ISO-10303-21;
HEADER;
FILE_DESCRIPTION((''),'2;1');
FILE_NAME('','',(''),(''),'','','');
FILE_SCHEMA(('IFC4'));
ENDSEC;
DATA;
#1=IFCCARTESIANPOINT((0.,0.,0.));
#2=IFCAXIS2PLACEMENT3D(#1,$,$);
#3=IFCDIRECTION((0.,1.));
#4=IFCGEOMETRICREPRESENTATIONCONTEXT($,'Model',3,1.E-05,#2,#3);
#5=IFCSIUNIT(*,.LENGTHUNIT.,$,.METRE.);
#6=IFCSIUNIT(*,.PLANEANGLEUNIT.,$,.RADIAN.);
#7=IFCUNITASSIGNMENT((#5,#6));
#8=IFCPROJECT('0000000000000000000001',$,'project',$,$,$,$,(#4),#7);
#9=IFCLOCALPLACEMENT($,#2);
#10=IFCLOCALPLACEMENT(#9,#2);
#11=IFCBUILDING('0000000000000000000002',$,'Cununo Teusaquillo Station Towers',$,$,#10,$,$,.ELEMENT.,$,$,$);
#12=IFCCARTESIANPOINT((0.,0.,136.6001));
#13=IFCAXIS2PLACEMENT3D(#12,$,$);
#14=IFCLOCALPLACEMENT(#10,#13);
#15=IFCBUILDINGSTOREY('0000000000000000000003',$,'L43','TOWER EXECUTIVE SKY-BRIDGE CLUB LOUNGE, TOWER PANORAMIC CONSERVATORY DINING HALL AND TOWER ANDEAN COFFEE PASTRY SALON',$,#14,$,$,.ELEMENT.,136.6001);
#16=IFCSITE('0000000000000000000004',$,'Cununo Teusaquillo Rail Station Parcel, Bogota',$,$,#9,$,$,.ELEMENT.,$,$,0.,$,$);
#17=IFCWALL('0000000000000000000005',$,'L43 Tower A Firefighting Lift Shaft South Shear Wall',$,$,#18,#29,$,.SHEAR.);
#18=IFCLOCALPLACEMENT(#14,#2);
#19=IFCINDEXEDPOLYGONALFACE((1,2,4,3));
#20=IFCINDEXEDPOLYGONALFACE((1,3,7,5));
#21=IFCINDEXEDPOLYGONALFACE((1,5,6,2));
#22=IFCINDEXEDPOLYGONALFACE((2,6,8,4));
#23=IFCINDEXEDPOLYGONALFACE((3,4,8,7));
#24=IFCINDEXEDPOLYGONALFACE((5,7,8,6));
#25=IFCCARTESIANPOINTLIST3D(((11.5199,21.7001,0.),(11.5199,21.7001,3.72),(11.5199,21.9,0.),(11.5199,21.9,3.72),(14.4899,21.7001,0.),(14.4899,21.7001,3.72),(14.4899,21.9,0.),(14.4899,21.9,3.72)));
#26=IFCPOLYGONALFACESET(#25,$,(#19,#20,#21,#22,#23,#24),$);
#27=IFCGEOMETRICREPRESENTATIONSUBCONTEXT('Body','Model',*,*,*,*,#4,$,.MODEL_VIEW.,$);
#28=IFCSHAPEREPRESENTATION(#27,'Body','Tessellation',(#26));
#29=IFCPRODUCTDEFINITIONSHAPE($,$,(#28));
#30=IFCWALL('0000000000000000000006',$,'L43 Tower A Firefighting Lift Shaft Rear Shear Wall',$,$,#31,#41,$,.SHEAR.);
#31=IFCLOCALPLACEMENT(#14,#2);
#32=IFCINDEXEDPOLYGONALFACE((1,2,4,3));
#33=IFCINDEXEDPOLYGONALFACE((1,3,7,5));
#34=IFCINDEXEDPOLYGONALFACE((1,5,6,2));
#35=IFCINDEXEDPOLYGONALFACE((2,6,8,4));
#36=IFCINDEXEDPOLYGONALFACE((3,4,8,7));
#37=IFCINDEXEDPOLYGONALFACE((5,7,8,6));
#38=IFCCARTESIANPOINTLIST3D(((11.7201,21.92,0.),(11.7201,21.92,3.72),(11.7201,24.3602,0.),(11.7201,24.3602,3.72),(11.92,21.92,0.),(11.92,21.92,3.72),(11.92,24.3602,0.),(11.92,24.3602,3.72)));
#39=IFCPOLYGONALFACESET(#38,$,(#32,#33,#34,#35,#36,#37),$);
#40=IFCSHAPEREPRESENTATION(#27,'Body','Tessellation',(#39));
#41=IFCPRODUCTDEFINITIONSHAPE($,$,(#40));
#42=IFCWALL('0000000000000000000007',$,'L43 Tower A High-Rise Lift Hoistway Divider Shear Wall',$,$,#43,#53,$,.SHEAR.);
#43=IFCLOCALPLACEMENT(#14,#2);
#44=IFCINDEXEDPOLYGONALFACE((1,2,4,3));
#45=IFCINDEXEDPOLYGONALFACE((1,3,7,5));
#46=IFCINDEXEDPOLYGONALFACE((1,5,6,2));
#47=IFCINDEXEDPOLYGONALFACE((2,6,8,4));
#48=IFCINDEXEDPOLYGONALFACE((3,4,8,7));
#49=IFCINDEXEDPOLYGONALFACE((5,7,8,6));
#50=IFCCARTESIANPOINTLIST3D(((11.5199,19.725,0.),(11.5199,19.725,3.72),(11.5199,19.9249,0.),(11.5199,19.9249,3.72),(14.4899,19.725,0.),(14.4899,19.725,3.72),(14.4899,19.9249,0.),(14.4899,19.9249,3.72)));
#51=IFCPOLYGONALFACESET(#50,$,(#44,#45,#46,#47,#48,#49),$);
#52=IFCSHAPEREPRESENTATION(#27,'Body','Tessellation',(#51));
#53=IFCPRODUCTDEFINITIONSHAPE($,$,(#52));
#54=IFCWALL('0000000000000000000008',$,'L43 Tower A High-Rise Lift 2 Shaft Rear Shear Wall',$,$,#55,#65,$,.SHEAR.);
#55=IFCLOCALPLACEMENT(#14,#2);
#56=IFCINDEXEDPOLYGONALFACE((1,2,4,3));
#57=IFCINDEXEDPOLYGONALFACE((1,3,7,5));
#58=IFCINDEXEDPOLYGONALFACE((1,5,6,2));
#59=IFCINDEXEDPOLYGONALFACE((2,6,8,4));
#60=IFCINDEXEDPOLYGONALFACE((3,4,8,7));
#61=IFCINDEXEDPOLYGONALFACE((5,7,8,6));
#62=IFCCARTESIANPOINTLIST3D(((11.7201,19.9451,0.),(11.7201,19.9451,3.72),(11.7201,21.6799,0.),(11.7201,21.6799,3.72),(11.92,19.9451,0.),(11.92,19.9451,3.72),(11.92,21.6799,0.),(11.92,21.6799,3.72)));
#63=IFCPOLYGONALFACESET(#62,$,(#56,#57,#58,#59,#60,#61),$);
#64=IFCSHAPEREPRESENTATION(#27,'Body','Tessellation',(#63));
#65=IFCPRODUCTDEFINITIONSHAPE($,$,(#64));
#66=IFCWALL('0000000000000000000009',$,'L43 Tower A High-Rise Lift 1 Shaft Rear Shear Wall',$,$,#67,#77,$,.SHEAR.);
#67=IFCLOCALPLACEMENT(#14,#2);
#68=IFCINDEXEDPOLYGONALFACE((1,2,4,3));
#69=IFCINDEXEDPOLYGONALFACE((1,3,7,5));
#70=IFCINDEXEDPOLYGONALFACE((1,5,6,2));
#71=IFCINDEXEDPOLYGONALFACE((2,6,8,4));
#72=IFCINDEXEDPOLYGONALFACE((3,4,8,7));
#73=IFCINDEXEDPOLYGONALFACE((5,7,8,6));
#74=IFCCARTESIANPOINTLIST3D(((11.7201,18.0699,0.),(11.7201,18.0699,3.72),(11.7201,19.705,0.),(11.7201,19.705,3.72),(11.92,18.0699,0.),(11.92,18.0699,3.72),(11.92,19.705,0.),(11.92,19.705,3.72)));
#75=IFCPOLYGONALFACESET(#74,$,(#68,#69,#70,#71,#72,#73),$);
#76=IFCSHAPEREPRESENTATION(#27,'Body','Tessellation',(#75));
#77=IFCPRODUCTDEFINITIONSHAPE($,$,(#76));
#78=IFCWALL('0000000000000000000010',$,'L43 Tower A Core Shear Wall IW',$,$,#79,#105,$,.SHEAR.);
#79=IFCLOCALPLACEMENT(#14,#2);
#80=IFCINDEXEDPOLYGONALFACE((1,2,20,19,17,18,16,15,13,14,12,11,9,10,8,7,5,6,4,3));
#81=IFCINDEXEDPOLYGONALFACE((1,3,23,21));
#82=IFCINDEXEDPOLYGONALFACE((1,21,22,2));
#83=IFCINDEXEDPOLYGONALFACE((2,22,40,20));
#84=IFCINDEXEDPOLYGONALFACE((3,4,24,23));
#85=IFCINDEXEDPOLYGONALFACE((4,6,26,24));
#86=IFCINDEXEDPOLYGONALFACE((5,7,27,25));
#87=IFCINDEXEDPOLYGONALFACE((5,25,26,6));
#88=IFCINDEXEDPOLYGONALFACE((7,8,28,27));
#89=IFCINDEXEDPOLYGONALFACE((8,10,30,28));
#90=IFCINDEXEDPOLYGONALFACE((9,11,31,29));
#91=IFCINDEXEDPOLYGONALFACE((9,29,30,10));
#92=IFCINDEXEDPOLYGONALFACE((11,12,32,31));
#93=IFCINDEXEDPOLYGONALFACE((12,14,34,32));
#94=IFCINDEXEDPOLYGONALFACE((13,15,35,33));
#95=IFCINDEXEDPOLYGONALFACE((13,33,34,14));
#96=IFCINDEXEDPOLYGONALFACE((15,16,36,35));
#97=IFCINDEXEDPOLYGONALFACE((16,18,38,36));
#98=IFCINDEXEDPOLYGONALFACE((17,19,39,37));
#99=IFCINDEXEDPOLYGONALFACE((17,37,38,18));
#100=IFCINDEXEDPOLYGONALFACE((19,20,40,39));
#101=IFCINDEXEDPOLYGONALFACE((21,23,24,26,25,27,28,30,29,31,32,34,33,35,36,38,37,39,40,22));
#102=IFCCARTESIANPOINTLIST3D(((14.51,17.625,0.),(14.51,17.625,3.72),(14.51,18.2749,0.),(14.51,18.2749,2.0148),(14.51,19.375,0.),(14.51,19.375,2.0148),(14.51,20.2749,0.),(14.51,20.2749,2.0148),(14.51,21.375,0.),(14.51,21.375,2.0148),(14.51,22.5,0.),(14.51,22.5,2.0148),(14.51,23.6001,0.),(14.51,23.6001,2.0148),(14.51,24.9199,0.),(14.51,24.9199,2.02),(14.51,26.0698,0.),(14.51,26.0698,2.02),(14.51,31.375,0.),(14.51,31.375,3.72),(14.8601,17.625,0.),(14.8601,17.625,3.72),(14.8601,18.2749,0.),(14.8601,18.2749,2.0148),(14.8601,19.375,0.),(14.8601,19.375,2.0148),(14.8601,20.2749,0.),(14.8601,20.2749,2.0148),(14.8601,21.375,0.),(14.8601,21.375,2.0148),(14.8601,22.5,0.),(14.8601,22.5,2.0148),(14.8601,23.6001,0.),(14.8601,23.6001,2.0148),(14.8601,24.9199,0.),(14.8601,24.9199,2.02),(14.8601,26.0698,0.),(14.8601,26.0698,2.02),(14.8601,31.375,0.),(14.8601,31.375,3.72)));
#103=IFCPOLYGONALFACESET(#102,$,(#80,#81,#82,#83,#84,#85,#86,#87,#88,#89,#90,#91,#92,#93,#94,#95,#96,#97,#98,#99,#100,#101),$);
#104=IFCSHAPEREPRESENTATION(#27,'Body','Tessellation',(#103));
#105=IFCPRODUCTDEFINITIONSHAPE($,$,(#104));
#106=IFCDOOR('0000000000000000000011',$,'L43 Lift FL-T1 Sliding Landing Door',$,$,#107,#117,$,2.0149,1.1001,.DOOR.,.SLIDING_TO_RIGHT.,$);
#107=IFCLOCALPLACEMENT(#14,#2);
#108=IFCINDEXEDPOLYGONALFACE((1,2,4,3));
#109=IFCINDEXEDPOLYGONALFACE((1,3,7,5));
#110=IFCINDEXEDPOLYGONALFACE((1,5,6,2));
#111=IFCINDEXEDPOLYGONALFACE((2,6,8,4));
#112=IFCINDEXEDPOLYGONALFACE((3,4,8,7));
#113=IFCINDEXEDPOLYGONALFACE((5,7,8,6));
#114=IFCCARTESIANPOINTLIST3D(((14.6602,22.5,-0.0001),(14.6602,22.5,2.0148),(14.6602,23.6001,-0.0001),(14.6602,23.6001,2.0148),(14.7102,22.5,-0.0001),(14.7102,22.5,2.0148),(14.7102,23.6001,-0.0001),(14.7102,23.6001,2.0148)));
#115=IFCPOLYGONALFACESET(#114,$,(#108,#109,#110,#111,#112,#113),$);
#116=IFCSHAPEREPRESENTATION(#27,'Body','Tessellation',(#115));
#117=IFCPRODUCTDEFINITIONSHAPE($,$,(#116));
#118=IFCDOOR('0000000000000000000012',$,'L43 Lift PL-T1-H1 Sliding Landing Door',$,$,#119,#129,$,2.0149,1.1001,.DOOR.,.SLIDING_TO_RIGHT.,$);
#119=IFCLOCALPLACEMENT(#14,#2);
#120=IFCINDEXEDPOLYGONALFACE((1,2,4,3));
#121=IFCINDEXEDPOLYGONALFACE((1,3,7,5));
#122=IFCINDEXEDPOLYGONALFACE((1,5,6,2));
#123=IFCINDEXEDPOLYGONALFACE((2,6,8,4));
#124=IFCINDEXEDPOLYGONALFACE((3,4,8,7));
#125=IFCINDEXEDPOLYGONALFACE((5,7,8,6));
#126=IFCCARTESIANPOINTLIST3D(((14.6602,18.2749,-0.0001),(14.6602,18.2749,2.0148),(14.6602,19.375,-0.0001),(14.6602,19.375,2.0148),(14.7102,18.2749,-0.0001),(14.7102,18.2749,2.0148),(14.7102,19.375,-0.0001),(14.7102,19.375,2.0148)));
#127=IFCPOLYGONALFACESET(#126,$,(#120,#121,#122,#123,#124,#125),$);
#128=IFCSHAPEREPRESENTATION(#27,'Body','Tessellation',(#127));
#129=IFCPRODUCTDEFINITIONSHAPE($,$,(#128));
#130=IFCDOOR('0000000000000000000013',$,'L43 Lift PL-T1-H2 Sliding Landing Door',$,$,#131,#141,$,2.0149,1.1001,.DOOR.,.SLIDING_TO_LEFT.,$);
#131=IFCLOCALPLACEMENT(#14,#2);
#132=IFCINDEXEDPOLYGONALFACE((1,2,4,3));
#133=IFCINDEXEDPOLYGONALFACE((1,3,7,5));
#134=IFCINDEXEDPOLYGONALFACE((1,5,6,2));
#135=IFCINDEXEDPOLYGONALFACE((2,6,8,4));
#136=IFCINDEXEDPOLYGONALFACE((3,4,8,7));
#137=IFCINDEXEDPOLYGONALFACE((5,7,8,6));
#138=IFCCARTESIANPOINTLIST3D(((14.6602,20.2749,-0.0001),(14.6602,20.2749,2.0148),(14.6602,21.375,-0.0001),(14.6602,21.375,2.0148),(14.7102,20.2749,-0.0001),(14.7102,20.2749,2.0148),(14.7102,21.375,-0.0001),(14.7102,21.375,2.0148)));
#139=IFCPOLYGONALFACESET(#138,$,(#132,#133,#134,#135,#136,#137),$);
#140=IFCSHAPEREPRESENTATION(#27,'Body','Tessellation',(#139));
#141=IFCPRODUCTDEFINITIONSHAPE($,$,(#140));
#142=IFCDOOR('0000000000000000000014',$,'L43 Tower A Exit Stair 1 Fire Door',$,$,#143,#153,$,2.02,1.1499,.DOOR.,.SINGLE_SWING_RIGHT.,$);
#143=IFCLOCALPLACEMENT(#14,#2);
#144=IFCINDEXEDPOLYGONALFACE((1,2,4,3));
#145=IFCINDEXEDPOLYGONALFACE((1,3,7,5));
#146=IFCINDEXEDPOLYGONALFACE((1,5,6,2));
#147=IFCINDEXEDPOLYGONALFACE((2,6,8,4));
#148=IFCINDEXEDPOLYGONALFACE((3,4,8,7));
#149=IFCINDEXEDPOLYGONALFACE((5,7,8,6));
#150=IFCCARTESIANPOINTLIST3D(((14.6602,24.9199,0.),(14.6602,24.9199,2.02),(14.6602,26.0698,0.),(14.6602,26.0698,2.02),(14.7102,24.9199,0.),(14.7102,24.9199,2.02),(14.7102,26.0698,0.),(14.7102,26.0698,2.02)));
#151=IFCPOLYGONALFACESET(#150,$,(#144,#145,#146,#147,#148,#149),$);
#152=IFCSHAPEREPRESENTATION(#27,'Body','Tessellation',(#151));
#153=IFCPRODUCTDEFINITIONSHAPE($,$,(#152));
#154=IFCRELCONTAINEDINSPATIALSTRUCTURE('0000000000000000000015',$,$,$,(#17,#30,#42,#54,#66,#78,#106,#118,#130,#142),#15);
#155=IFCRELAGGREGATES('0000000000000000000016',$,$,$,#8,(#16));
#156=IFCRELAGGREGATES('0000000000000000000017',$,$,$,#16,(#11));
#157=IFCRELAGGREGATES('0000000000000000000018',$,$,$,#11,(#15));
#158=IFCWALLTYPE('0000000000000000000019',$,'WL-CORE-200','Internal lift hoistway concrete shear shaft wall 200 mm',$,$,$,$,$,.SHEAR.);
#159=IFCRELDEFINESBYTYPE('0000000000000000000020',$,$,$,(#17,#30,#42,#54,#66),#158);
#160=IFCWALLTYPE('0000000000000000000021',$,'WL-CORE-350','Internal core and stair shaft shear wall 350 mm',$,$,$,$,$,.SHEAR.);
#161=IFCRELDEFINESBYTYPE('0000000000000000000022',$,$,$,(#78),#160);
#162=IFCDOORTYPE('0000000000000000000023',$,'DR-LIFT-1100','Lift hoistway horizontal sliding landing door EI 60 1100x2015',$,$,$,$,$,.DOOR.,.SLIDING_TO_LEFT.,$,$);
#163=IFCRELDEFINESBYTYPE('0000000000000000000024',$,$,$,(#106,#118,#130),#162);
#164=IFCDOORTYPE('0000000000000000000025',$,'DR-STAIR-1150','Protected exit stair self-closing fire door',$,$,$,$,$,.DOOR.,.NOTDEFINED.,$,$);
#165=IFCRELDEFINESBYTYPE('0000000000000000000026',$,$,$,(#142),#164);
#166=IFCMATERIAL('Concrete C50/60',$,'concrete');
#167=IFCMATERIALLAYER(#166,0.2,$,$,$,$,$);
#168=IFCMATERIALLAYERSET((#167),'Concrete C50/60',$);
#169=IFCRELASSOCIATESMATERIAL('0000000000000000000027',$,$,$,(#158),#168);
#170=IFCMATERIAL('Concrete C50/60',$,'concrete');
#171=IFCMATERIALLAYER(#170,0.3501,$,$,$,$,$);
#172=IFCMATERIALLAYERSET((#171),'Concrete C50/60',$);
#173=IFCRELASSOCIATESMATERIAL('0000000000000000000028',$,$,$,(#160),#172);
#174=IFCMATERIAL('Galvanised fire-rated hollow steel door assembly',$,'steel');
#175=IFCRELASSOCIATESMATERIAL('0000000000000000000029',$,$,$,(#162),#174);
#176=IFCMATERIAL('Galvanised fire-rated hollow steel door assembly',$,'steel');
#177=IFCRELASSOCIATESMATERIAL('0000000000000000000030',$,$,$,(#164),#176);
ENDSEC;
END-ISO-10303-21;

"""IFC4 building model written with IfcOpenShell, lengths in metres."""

from ifc_helpers import new_model, si_unit, direction, frame, frame_2d, origin, place, context, subcontext, project, spatial, rectangle, extrude, source, transform, mapped, material, layer, layer_set, type_object, element, fill, save


model = new_model("IFC4")

# Units and contexts
model_context = context("Model", 3, precision=1e-05, world=origin(), true_north=direction((0.0, 1.0)))
body_context = subcontext(model_context, "Body", "Model", "MODEL_VIEW")
ifc_project = project(units=[si_unit("LENGTHUNIT", "METRE"), si_unit("PLANEANGLEUNIT", "RADIAN")], contexts=[model_context])

# Site, building, storey
site_placement = place(None, origin())
site = spatial("IfcSite", under=ifc_project, at=site_placement, Name="Cununo Teusaquillo Rail Station Parcel, Bogota", CompositionType="ELEMENT", RefElevation=0.0)
building_placement = place(site_placement, origin())
building = spatial("IfcBuilding", under=site, at=building_placement, Name="Cununo Teusaquillo Station Towers", CompositionType="ELEMENT")
storey_placement = place(building_placement, frame((0.0, 0.0, 136.6001)))
storey = spatial("IfcBuildingStorey", under=building, at=storey_placement, Name="L43", Description="TOWER EXECUTIVE SKY-BRIDGE CLUB LOUNGE, TOWER PANORAMIC CONSERVATORY DINING HALL AND TOWER ANDEAN COFFEE PASTRY SALON", CompositionType="ELEMENT", Elevation=136.6001)

# Walls
ifc_material_1 = material(Name="Concrete C50/60", Category="concrete")
ifc_layer_1 = layer(ifc_material_1, 0.2)
ifc_layer_set_1 = layer_set([ifc_layer_1], Name="Concrete C50/60")
wall_type_1 = type_object("IfcWallType", Name="WL-CORE-200", Description="Internal lift hoistway concrete shear shaft wall 200 mm", PredefinedType="SHEAR", material=ifc_layer_set_1)
wall_1_placement = place(storey_placement, frame((11.52, 21.8, 0.0), z_axis=(0.0, 0.0, 1.0), x_axis=(1.0, 0.0, 0.0)))
element("IfcWall", 1, at=wall_1_placement, inside=storey, type_object=wall_type_1, Name="L43 Tower A Firefighting Lift Shaft South Shear Wall", PredefinedType="SHEAR", context=body_context, shape_type="SweptSolid", body=[
    extrude(rectangle(XDim=2.97, YDim=0.2, at=frame_2d((1.4849, 0.0))), origin(), (0.0, 0.0, 1.0), 3.72),
])
wall_2_placement = place(storey_placement, frame((11.8201, 21.9199, 0.0), z_axis=(0.0, 0.0, 1.0), x_axis=(0.0, 1.0, 0.0)))
element("IfcWall", 2, at=wall_2_placement, inside=storey, type_object=wall_type_1, Name="L43 Tower A Firefighting Lift Shaft Rear Shear Wall", PredefinedType="SHEAR", context=body_context, shape_type="SweptSolid", body=[
    extrude(rectangle(XDim=2.4402, YDim=0.2, at=frame_2d((1.2202, 0.0))), origin(), (0.0, 0.0, 1.0), 3.72),
])
wall_3_placement = place(storey_placement, frame((11.52, 19.825, 0.0), z_axis=(0.0, 0.0, 1.0), x_axis=(1.0, 0.0, 0.0)))
element("IfcWall", 3, at=wall_3_placement, inside=storey, type_object=wall_type_1, Name="L43 Tower A High-Rise Lift Hoistway Divider Shear Wall", PredefinedType="SHEAR", context=body_context, shape_type="SweptSolid", body=[
    extrude(rectangle(XDim=2.97, YDim=0.2, at=frame_2d((1.4849, 0.0))), origin(), (0.0, 0.0, 1.0), 3.72),
])
wall_4_placement = place(storey_placement, frame((11.8201, 19.9451, 0.0), z_axis=(0.0, 0.0, 1.0), x_axis=(0.0, 1.0, 0.0)))
element("IfcWall", 4, at=wall_4_placement, inside=storey, type_object=wall_type_1, Name="L43 Tower A High-Rise Lift 2 Shaft Rear Shear Wall", PredefinedType="SHEAR", context=body_context, shape_type="SweptSolid", body=[
    extrude(rectangle(XDim=1.7349, YDim=0.2, at=frame_2d((0.8674, 0.0))), origin(), (0.0, 0.0, 1.0), 3.72),
])
wall_5_placement = place(storey_placement, frame((11.8201, 18.0701, 0.0), z_axis=(0.0, 0.0, 1.0), x_axis=(0.0, 1.0, 0.0)))
element("IfcWall", 5, at=wall_5_placement, inside=storey, type_object=wall_type_1, Name="L43 Tower A High-Rise Lift 1 Shaft Rear Shear Wall", PredefinedType="SHEAR", context=body_context, shape_type="SweptSolid", body=[
    extrude(rectangle(XDim=1.635, YDim=0.2, at=frame_2d((0.8174, 0.0))), origin(), (0.0, 0.0, 1.0), 3.72),
])

# Wall, openings, doors
ifc_material_2 = material(Name="Concrete C50/60", Category="concrete")
ifc_layer_2 = layer(ifc_material_2, 0.3501)
ifc_layer_set_2 = layer_set([ifc_layer_2], Name="Concrete C50/60")
wall_type_2 = type_object("IfcWallType", Name="WL-CORE-350", Description="Internal core and stair shaft shear wall 350 mm", PredefinedType="SHEAR", material=ifc_layer_set_2)
wall_6_placement = place(storey_placement, frame((14.6851, 17.625, 0.0), z_axis=(0.0, 0.0, 1.0), x_axis=(0.0, 1.0, 0.0)))
wall_6 = element("IfcWall", 6, at=wall_6_placement, inside=storey, type_object=wall_type_2, Name="L43 Tower A Core Shear Wall IW", PredefinedType="SHEAR", context=body_context, shape_type="SweptSolid", body=[
    extrude(rectangle(XDim=13.75, YDim=0.3501, at=frame_2d((6.875, 0.0))), origin(), (0.0, 0.0, 1.0), 3.72),
])
shared_shape_1 = source(origin(), body_context, "Body", "SweptSolid", [
    extrude(rectangle(XDim=1.1001, YDim=2.0149, at=frame_2d((0.55, 1.0073))), frame((0.0, 0.1851, 0.0), z_axis=(0.0, -1.0, 0.0), x_axis=(1.0, 0.0, 0.0)), (0.0, 0.0, 1.0), 0.3701),
])
opening_1_placement = place(wall_6_placement, frame((4.875, 0.0, 0.0)))
opening_1 = element("IfcOpeningElement", 7, at=opening_1_placement, cuts=wall_6, PredefinedType="OPENING", context=body_context, shape_type="MappedRepresentation", body=[
    mapped(shared_shape_1, transform((0.0, 0.0, 0.0), x_axis=(1.0, 0.0, 0.0), y_axis=(0.0, 1.0, 0.0), z_axis=(0.0, 0.0, 1.0), scale=1.0)),
])
opening_2_placement = place(wall_6_placement, frame((0.6499, 0.0, 0.0)))
opening_2 = element("IfcOpeningElement", 8, at=opening_2_placement, cuts=wall_6, PredefinedType="OPENING", context=body_context, shape_type="MappedRepresentation", body=[
    mapped(shared_shape_1, transform((0.0, 0.0, 0.0), x_axis=(1.0, 0.0, 0.0), y_axis=(0.0, 1.0, 0.0), z_axis=(0.0, 0.0, 1.0), scale=1.0)),
])
opening_3_placement = place(wall_6_placement, frame((2.6499, 0.0, 0.0)))
opening_3 = element("IfcOpeningElement", 9, at=opening_3_placement, cuts=wall_6, PredefinedType="OPENING", context=body_context, shape_type="MappedRepresentation", body=[
    mapped(shared_shape_1, transform((0.0, 0.0, 0.0), x_axis=(1.0, 0.0, 0.0), y_axis=(0.0, 1.0, 0.0), z_axis=(0.0, 0.0, 1.0), scale=1.0)),
])
shared_shape_2 = source(origin(), body_context, "Body", "SweptSolid", [
    extrude(rectangle(XDim=1.1499, YDim=2.02, at=frame_2d((0.575, 1.01))), frame((0.0, 0.1851, 0.0), z_axis=(0.0, -1.0, 0.0), x_axis=(1.0, 0.0, 0.0)), (0.0, 0.0, 1.0), 0.3701),
])
opening_4_placement = place(wall_6_placement, frame((7.2949, 0.0, 0.0)))
opening_4 = element("IfcOpeningElement", 10, at=opening_4_placement, cuts=wall_6, PredefinedType="OPENING", context=body_context, shape_type="MappedRepresentation", body=[
    mapped(shared_shape_2, transform((0.0, 0.0, 0.0), x_axis=(1.0, 0.0, 0.0), y_axis=(0.0, 1.0, 0.0), z_axis=(0.0, 0.0, 1.0), scale=1.0)),
])
ifc_material_3 = material(Name="Galvanised fire-rated hollow steel door assembly", Category="steel")
door_type_1 = type_object("IfcDoorType", Name="DR-LIFT-1100", Description="Lift hoistway horizontal sliding landing door EI 60 1100x2015", OperationType="SLIDING_TO_LEFT", PredefinedType="DOOR", material=ifc_material_3)
shared_shape_3 = source(origin(), body_context, "Body", "SweptSolid", [
    extrude(rectangle(XDim=1.1001, YDim=2.0149, at=frame_2d((0.55, 1.0073))), frame((0.0, 0.0249, 0.0), z_axis=(0.0, -1.0, 0.0), x_axis=(1.0, 0.0, 0.0)), (0.0, 0.0, 1.0), 0.05),
])
door_1_placement = place(opening_1_placement, origin())
door_1 = element("IfcDoor", 11, at=door_1_placement, inside=storey, type_object=door_type_1, Name="L43 Lift FL-T1 Sliding Landing Door", OperationType="SLIDING_TO_RIGHT", OverallHeight=2.0149, OverallWidth=1.1001, PredefinedType="DOOR", context=body_context, shape_type="MappedRepresentation", body=[
    mapped(shared_shape_3, transform((0.0, 0.0, 0.0), x_axis=(1.0, 0.0, 0.0), y_axis=(0.0, 1.0, 0.0), z_axis=(0.0, 0.0, 1.0), scale=1.0)),
])
fill(opening_1, door_1)
door_2_placement = place(opening_2_placement, origin())
door_2 = element("IfcDoor", 12, at=door_2_placement, inside=storey, type_object=door_type_1, Name="L43 Lift PL-T1-H1 Sliding Landing Door", OperationType="SLIDING_TO_RIGHT", OverallHeight=2.0149, OverallWidth=1.1001, PredefinedType="DOOR", context=body_context, shape_type="MappedRepresentation", body=[
    mapped(shared_shape_3, transform((0.0, 0.0, 0.0), x_axis=(1.0, 0.0, 0.0), y_axis=(0.0, 1.0, 0.0), z_axis=(0.0, 0.0, 1.0), scale=1.0)),
])
fill(opening_2, door_2)
door_3_placement = place(opening_3_placement, origin())
door_3 = element("IfcDoor", 13, at=door_3_placement, inside=storey, type_object=door_type_1, Name="L43 Lift PL-T1-H2 Sliding Landing Door", OperationType="SLIDING_TO_LEFT", OverallHeight=2.0149, OverallWidth=1.1001, PredefinedType="DOOR", context=body_context, shape_type="MappedRepresentation", body=[
    mapped(shared_shape_3, transform((0.0, 0.0, 0.0), x_axis=(1.0, 0.0, 0.0), y_axis=(0.0, 1.0, 0.0), z_axis=(0.0, 0.0, 1.0), scale=1.0)),
])
fill(opening_3, door_3)
ifc_material_4 = material(Name="Galvanised fire-rated hollow steel door assembly", Category="steel")
door_type_2 = type_object("IfcDoorType", Name="DR-STAIR-1150", Description="Protected exit stair self-closing fire door", OperationType="NOTDEFINED", PredefinedType="DOOR", material=ifc_material_4)
shared_shape_4 = source(origin(), body_context, "Body", "SweptSolid", [
    extrude(rectangle(XDim=1.1499, YDim=2.02, at=frame_2d((0.575, 1.01))), frame((0.0, 0.0249, 0.0), z_axis=(0.0, -1.0, 0.0), x_axis=(1.0, 0.0, 0.0)), (0.0, 0.0, 1.0), 0.05),
])
door_4_placement = place(opening_4_placement, origin())
door_4 = element("IfcDoor", 14, at=door_4_placement, inside=storey, type_object=door_type_2, Name="L43 Tower A Exit Stair 1 Fire Door", OperationType="SINGLE_SWING_RIGHT", OverallHeight=2.02, OverallWidth=1.1499, PredefinedType="DOOR", context=body_context, shape_type="MappedRepresentation", body=[
    mapped(shared_shape_4, transform((0.0, 0.0, 0.0), x_axis=(1.0, 0.0, 0.0), y_axis=(0.0, 1.0, 0.0), z_axis=(0.0, 0.0, 1.0), scale=1.0)),
])
fill(opening_4, door_4)

save(model, "model.ifc")
